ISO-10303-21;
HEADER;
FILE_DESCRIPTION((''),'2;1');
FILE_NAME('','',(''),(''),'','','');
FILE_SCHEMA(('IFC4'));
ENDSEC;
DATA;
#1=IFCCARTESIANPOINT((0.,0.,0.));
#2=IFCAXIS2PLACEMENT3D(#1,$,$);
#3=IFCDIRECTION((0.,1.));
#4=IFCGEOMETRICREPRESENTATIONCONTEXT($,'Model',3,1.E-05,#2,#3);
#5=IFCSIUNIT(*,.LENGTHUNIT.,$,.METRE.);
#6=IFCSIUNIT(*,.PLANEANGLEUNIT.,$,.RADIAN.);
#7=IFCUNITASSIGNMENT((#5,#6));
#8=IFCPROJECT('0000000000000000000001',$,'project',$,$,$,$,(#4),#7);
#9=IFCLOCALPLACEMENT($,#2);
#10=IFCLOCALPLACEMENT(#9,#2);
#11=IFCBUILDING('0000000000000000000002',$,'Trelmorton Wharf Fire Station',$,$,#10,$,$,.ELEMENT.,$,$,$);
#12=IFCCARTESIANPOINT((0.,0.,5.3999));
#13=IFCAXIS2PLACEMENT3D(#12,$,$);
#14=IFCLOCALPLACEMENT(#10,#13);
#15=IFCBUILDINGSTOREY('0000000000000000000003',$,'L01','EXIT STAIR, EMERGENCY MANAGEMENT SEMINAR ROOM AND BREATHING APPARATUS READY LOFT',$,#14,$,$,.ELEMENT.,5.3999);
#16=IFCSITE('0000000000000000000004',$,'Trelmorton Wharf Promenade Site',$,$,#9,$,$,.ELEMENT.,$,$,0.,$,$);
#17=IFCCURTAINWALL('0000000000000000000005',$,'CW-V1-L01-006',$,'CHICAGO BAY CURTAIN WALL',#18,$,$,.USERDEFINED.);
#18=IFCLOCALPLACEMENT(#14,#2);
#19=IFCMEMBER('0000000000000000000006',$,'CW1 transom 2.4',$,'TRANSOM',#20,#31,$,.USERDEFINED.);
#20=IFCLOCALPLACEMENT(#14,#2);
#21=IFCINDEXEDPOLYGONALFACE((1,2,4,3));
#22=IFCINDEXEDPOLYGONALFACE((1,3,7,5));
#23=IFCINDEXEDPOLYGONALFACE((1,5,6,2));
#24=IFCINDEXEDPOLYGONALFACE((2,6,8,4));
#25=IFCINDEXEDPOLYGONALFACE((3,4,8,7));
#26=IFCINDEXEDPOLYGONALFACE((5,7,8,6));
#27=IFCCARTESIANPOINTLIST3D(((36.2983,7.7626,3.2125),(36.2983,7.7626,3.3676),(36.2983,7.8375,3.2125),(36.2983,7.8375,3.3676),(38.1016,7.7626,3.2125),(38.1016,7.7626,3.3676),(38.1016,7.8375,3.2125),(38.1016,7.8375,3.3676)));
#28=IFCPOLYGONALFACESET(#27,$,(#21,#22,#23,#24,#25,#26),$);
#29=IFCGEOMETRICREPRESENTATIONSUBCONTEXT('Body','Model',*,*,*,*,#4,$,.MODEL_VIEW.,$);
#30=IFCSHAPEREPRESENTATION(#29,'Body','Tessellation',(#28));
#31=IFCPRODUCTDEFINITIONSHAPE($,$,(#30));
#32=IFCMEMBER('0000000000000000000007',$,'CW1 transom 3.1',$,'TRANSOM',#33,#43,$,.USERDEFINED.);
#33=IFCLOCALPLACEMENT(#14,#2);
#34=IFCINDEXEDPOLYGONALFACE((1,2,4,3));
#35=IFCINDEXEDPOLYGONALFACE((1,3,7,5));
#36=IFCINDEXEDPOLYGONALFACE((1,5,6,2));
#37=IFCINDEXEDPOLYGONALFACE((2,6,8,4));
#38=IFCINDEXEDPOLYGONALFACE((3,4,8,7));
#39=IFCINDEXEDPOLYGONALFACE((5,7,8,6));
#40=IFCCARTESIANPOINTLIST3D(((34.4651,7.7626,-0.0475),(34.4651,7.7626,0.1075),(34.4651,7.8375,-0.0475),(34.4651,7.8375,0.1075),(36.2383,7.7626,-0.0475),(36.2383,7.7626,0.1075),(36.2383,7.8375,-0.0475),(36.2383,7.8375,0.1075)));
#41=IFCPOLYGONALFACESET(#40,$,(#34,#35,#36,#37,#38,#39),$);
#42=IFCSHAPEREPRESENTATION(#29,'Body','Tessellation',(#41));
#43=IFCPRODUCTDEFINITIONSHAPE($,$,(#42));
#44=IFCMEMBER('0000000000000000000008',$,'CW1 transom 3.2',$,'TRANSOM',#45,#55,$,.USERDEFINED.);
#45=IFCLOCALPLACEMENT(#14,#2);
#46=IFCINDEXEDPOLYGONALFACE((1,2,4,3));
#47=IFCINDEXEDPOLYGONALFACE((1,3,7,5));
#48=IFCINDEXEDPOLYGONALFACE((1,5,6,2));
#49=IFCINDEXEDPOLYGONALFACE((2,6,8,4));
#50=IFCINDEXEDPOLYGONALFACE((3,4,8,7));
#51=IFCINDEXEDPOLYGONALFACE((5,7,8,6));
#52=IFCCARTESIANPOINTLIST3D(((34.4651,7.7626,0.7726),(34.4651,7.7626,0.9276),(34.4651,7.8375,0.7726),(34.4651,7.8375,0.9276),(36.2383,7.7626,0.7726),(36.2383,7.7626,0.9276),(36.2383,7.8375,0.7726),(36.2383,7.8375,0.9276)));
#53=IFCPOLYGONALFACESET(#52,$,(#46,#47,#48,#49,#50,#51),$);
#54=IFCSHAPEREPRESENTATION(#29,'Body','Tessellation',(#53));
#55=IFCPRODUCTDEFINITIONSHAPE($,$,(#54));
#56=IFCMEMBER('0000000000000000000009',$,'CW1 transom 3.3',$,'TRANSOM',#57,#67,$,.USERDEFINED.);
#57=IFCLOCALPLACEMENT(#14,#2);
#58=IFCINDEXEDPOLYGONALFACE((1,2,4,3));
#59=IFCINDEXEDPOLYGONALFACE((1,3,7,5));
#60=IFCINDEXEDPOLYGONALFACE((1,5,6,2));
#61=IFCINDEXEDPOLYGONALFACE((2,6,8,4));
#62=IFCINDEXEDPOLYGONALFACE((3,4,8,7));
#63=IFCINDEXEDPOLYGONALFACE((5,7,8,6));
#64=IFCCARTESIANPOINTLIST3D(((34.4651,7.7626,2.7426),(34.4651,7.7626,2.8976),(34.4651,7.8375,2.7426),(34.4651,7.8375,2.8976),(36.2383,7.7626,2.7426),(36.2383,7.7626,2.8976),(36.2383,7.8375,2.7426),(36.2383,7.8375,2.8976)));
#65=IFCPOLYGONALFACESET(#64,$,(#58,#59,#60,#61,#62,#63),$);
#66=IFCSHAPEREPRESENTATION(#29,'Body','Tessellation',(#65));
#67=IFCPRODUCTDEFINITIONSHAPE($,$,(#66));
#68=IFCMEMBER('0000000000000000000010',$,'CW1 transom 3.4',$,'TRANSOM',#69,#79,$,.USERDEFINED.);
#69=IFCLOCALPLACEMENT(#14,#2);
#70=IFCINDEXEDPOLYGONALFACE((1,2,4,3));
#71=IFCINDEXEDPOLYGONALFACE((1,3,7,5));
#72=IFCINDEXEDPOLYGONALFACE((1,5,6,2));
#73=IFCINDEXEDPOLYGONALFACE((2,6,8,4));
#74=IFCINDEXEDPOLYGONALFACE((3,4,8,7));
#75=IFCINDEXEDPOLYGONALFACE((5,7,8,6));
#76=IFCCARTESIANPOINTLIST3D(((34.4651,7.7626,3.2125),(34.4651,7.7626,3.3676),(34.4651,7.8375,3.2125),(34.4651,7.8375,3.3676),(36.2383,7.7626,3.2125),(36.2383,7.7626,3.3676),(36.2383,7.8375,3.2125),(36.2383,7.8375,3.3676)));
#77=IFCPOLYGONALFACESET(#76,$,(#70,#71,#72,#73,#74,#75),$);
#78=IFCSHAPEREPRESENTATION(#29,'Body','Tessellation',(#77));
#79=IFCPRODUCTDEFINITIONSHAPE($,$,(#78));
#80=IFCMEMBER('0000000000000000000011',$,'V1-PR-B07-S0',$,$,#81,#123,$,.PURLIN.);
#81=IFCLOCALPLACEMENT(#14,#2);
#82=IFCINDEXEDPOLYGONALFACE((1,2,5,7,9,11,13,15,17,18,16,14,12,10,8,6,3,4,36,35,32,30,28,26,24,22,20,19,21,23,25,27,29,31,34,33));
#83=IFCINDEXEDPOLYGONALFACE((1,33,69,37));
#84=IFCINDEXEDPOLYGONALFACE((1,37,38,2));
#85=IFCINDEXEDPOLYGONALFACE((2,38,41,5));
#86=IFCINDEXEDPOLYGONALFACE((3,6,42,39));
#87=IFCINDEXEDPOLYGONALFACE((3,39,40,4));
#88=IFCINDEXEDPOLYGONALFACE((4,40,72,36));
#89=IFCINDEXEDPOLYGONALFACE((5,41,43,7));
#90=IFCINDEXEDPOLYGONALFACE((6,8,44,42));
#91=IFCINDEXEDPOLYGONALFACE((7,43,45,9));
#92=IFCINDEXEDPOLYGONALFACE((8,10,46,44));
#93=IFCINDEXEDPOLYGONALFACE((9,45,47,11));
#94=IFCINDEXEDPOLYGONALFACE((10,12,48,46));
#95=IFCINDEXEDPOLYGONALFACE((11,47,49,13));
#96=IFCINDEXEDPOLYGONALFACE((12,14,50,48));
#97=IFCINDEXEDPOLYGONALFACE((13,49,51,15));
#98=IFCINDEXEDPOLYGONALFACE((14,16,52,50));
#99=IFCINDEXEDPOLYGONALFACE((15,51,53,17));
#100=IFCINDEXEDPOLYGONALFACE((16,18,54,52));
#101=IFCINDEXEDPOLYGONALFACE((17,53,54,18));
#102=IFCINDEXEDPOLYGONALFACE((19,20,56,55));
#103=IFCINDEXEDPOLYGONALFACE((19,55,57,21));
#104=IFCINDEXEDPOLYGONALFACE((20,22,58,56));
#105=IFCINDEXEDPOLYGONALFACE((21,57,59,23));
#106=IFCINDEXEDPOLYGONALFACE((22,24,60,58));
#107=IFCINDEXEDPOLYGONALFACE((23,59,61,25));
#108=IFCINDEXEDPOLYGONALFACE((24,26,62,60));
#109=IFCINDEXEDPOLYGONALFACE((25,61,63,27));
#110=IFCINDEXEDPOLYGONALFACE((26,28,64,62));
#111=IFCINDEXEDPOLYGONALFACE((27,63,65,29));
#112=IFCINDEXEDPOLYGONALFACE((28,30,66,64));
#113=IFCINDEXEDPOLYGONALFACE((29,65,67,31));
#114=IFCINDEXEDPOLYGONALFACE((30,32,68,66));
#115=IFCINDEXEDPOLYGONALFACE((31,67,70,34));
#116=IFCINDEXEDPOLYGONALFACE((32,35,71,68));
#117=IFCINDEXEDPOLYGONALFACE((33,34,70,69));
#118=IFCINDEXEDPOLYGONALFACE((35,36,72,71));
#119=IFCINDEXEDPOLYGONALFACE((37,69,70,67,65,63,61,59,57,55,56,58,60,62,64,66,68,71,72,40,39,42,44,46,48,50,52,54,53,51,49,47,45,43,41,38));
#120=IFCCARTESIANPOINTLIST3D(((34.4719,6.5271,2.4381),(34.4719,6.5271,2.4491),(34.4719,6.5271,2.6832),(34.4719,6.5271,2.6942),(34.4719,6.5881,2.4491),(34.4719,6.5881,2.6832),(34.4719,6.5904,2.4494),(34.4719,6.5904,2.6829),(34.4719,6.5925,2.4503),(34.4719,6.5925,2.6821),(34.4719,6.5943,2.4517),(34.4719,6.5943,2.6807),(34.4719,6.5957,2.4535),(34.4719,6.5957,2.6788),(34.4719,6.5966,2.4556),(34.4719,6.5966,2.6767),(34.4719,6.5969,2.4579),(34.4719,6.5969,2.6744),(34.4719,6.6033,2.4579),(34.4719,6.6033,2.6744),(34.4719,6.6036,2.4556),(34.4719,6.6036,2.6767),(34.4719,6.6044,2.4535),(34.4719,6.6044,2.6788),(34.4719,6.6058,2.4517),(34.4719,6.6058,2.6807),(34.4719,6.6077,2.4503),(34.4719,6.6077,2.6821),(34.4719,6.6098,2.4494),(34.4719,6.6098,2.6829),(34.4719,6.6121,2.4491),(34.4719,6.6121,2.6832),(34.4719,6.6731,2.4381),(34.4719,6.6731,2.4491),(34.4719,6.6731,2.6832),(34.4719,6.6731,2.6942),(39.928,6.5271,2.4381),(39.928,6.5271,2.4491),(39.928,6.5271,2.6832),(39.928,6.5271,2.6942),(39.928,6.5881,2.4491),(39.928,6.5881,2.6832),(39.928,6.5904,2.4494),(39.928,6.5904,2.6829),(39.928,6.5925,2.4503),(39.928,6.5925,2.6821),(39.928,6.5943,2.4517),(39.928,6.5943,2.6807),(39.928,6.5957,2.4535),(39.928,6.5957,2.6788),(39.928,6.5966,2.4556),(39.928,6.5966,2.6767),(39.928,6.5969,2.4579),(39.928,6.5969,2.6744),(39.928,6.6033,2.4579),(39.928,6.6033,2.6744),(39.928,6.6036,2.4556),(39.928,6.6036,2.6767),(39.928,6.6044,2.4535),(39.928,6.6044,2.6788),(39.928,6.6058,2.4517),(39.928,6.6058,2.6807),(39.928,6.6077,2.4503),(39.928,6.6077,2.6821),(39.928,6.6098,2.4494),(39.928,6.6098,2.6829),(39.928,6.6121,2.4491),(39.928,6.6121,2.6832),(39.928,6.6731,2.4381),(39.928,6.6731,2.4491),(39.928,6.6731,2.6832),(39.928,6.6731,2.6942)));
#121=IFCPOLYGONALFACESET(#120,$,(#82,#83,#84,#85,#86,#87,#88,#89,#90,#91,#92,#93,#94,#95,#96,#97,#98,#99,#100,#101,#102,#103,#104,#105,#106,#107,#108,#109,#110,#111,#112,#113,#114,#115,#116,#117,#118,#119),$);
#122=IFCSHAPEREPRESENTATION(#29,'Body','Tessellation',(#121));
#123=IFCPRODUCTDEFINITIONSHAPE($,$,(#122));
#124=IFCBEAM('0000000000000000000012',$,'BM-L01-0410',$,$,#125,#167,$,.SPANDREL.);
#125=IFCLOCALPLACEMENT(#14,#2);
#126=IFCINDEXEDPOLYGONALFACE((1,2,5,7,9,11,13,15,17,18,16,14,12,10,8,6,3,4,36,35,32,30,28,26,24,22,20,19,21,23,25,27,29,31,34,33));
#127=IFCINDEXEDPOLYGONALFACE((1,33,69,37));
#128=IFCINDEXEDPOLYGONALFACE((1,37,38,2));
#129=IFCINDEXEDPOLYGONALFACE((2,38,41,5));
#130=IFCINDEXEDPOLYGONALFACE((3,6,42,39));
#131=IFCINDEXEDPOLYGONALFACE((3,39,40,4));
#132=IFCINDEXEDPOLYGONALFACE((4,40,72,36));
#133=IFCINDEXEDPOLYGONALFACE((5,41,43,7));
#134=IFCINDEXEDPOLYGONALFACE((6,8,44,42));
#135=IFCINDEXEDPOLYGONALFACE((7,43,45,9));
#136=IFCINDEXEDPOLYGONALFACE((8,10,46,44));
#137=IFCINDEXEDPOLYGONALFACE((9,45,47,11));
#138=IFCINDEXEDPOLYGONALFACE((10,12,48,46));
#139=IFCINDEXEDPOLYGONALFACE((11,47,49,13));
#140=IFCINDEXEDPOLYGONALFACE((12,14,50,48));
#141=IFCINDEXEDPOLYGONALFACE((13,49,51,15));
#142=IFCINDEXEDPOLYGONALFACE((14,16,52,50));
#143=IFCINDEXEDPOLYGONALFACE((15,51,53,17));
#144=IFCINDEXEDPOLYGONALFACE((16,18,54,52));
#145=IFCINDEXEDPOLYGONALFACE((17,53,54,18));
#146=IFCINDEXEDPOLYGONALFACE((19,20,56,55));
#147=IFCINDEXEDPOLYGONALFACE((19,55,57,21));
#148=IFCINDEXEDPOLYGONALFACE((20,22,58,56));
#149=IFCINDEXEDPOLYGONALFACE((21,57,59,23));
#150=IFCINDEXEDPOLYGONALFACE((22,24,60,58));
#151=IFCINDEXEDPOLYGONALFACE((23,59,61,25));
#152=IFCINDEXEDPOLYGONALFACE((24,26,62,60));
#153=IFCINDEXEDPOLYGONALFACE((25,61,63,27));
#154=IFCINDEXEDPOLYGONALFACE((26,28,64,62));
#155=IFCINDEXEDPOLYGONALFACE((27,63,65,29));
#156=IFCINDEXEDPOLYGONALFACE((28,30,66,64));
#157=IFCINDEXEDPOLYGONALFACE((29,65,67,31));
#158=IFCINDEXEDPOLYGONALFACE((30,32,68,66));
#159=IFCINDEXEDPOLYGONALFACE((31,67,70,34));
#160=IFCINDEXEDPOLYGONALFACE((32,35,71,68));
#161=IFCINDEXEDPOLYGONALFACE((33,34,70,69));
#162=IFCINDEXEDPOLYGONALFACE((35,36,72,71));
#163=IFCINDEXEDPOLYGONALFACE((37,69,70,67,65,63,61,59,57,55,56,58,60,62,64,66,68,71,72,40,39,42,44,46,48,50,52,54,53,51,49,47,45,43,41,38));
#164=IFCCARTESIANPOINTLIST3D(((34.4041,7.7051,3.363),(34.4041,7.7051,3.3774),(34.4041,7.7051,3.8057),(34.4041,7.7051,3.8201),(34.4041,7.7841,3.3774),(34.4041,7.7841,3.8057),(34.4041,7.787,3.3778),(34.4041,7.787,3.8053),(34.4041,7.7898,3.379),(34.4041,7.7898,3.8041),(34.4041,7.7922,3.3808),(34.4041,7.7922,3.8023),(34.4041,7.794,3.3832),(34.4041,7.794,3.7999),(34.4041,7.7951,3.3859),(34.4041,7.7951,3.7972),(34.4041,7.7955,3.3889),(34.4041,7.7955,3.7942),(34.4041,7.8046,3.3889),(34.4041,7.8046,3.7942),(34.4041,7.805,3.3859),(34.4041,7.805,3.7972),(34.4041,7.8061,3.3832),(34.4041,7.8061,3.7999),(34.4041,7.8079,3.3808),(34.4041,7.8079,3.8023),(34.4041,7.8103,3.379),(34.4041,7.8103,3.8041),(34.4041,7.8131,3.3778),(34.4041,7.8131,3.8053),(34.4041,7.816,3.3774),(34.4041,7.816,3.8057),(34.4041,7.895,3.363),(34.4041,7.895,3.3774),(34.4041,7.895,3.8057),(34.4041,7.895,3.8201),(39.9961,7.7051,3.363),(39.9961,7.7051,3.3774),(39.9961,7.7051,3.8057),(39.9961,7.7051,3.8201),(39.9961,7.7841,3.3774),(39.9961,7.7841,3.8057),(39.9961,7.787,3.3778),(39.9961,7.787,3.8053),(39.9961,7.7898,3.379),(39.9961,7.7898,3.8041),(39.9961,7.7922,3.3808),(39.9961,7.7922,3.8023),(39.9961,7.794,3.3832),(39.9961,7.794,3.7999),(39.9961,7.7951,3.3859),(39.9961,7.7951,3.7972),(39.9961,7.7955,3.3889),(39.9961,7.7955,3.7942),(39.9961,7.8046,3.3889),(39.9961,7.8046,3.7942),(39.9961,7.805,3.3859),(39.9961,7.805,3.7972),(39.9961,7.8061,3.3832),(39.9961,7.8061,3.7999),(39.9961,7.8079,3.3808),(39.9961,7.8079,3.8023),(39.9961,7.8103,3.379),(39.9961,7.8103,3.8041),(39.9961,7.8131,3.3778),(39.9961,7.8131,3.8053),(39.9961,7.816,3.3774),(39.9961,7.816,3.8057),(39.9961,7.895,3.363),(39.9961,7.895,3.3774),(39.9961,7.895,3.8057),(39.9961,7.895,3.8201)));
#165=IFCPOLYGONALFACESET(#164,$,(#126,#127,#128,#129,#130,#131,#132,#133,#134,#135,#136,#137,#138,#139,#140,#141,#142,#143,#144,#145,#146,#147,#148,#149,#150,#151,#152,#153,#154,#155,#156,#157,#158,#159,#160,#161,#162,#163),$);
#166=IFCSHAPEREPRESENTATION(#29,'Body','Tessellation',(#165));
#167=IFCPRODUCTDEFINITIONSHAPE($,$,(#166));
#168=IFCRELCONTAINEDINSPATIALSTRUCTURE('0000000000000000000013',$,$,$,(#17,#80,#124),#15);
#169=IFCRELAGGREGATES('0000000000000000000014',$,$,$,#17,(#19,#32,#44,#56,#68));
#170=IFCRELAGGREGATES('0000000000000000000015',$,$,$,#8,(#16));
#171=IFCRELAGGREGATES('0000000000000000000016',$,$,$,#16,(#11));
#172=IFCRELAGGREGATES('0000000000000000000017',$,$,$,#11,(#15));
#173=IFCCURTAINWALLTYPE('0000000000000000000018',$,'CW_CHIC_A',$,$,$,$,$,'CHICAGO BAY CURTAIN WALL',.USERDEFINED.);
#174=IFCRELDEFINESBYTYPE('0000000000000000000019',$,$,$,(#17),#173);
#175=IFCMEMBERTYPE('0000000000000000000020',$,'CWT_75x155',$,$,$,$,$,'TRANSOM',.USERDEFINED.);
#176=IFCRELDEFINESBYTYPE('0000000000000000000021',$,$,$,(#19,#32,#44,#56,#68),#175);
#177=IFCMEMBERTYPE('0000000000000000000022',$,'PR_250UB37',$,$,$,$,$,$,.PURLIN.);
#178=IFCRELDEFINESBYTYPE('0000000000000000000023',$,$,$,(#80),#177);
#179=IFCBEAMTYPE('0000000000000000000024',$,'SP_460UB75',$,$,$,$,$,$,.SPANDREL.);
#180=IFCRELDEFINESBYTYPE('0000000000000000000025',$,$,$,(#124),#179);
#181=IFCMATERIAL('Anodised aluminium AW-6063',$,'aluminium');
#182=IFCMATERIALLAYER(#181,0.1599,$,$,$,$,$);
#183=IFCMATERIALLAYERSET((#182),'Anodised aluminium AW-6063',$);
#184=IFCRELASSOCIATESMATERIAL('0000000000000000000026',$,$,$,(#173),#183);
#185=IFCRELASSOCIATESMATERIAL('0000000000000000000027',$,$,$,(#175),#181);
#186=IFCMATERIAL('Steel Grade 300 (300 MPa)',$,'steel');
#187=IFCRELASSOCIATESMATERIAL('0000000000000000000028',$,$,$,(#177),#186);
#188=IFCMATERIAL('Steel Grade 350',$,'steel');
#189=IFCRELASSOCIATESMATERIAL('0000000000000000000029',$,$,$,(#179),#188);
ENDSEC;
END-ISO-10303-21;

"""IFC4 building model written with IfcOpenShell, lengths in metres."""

from ifc_helpers import new_model, si_unit, direction, frame, origin, origin_2d, place, context, subcontext, project, spatial, rectangle, i_section, extrude, material, layer, layer_set, material_profile, profile_set, type_object, element, aggregate, save


model = new_model("IFC4")

# Units and contexts
model_context = context("Model", 3, precision=1e-05, world=origin(), true_north=direction((0.0, 1.0)))
body_context = subcontext(model_context, "Body", "Model", "MODEL_VIEW")
ifc_project = project(units=[si_unit("LENGTHUNIT", "METRE"), si_unit("PLANEANGLEUNIT", "RADIAN")], contexts=[model_context])

# Site, building, storey
site_placement = place(None, origin())
site = spatial("IfcSite", under=ifc_project, at=site_placement, Name="Trelmorton Wharf Promenade Site", CompositionType="ELEMENT", RefElevation=0.0)
building_placement = place(site_placement, origin())
building = spatial("IfcBuilding", under=site, at=building_placement, Name="Trelmorton Wharf Fire Station", CompositionType="ELEMENT")
storey_placement = place(building_placement, frame((0.0, 0.0, 5.3999)))
storey = spatial("IfcBuildingStorey", under=building, at=storey_placement, Name="L01", Description="EXIT STAIR, EMERGENCY MANAGEMENT SEMINAR ROOM AND BREATHING APPARATUS READY LOFT", CompositionType="ELEMENT", Elevation=5.3999)

# Shared definitions
ifc_material_1 = material(Name="Steel Grade 350", Category="steel")

# Curtain wall, members
ifc_material_2 = material(Name="Anodised aluminium AW-6063", Category="aluminium")
ifc_layer_1 = layer(ifc_material_2, 0.1599)
ifc_layer_set_1 = layer_set([ifc_layer_1], Name="Anodised aluminium AW-6063")
curtain_wall_type = type_object("IfcCurtainWallType", Name="CW_CHIC_A", ElementType="CHICAGO BAY CURTAIN WALL", PredefinedType="USERDEFINED", material=ifc_layer_set_1)
curtain_wall_placement = place(storey_placement, origin())
curtain_wall = element("IfcCurtainWall", 1, at=curtain_wall_placement, inside=storey, type_object=curtain_wall_type, Name="CW-V1-L01-006", ObjectType="CHICAGO BAY CURTAIN WALL", PredefinedType="USERDEFINED")
ifc_material_profile_1 = material_profile(ifc_material_2, rectangle(XDim=0.075, YDim=0.155, at=origin_2d()), Name="ALU-75x155")
ifc_profile_set_1 = profile_set([ifc_material_profile_1], Name="Anodised aluminium AW-6063")
member_type_1 = type_object("IfcMemberType", Name="CWT_75x155", ElementType="TRANSOM", PredefinedType="USERDEFINED", material=ifc_profile_set_1)
member_1_placement = place(storey_placement, frame((38.1016, 7.8, 3.29), z_axis=(-1.0, 0.0, 0.0), x_axis=(0.0, -1.0, 0.0)))
member_1 = element("IfcMember", 2, at=member_1_placement, type_object=member_type_1, Name="CW1 transom 2.4", ObjectType="TRANSOM", PredefinedType="USERDEFINED", context=body_context, shape_type="SweptSolid", body=[
    extrude(rectangle(XDim=0.075, YDim=0.155, at=origin_2d()), origin(), (0.0, 0.0, 1.0), 1.8032),
])
member_2_placement = place(storey_placement, frame((36.2383, 7.8, 0.03), z_axis=(-1.0, 0.0, 0.0), x_axis=(0.0, -1.0, 0.0)))
member_2 = element("IfcMember", 3, at=member_2_placement, type_object=member_type_1, Name="CW1 transom 3.1", ObjectType="TRANSOM", PredefinedType="USERDEFINED", context=body_context, shape_type="SweptSolid", body=[
    extrude(rectangle(XDim=0.075, YDim=0.155, at=origin_2d()), origin(), (0.0, 0.0, 1.0), 1.7732),
])
member_3_placement = place(storey_placement, frame((36.2383, 7.8, 0.8501), z_axis=(-1.0, 0.0, 0.0), x_axis=(0.0, -1.0, 0.0)))
member_3 = element("IfcMember", 4, at=member_3_placement, type_object=member_type_1, Name="CW1 transom 3.2", ObjectType="TRANSOM", PredefinedType="USERDEFINED", context=body_context, shape_type="SweptSolid", body=[
    extrude(rectangle(XDim=0.075, YDim=0.155, at=origin_2d()), origin(), (0.0, 0.0, 1.0), 1.7732),
])
member_4_placement = place(storey_placement, frame((36.2383, 7.8, 2.8201), z_axis=(-1.0, 0.0, 0.0), x_axis=(0.0, -1.0, 0.0)))
member_4 = element("IfcMember", 5, at=member_4_placement, type_object=member_type_1, Name="CW1 transom 3.3", ObjectType="TRANSOM", PredefinedType="USERDEFINED", context=body_context, shape_type="SweptSolid", body=[
    extrude(rectangle(XDim=0.075, YDim=0.155, at=origin_2d()), origin(), (0.0, 0.0, 1.0), 1.7732),
])
member_5_placement = place(storey_placement, frame((36.2383, 7.8, 3.29), z_axis=(-1.0, 0.0, 0.0), x_axis=(0.0, -1.0, 0.0)))
member_5 = element("IfcMember", 6, at=member_5_placement, type_object=member_type_1, Name="CW1 transom 3.4", ObjectType="TRANSOM", PredefinedType="USERDEFINED", context=body_context, shape_type="SweptSolid", body=[
    extrude(rectangle(XDim=0.075, YDim=0.155, at=origin_2d()), origin(), (0.0, 0.0, 1.0), 1.7732),
])

# Member
ifc_material_3 = material(Name="Steel Grade 300 (300 MPa)", Category="steel")
ifc_material_profile_2 = material_profile(ifc_material_3, i_section(OverallWidth=0.146, OverallDepth=0.2561, WebThickness=0.0063, FlangeThickness=0.011, FilletRadius=0.0088, at=origin_2d()), Name="250UB37.3")
ifc_profile_set_2 = profile_set([ifc_material_profile_2], Name="Steel Grade 300 (300 MPa)")
member_type_2 = type_object("IfcMemberType", Name="PR_250UB37", PredefinedType="PURLIN", material=ifc_profile_set_2)
member_6_placement = place(storey_placement, frame((34.4719, 6.6001, 2.5662), z_axis=(1.0, 0.0, 0.0), x_axis=(0.0, 1.0, 0.0)))
element("IfcMember", 7, at=member_6_placement, inside=storey, type_object=member_type_2, Name="V1-PR-B07-S0", PredefinedType="PURLIN", context=body_context, shape_type="SweptSolid", body=[
    extrude(i_section(OverallWidth=0.146, OverallDepth=0.2561, WebThickness=0.0063, FlangeThickness=0.011, FilletRadius=0.0088, at=origin_2d()), origin(), (0.0, 0.0, 1.0), 5.4561),
])

# Beam
ifc_material_profile_3 = material_profile(ifc_material_1, i_section(OverallWidth=0.1899, OverallDepth=0.457, WebThickness=0.009, FlangeThickness=0.0144, FilletRadius=0.0115, at=origin_2d()), Name="460UB74.6")
ifc_profile_set_3 = profile_set([ifc_material_profile_3], Name="Steel Grade 350")
beam_type_1 = type_object("IfcBeamType", Name="SP_460UB75", PredefinedType="SPANDREL", material=ifc_profile_set_3)
beam_1_placement = place(storey_placement, frame((34.4041, 7.8, 3.5916), z_axis=(1.0, 0.0, 0.0), x_axis=(0.0, 1.0, 0.0)))
element("IfcBeam", 8, at=beam_1_placement, inside=storey, type_object=beam_type_1, Name="BM-L01-0410", PredefinedType="SPANDREL", context=body_context, shape_type="SweptSolid", body=[
    extrude(i_section(OverallWidth=0.1899, OverallDepth=0.457, WebThickness=0.009, FlangeThickness=0.0144, FilletRadius=0.0115, at=origin_2d()), origin(), (0.0, 0.0, 1.0), 5.592),
])

aggregate(curtain_wall, [member_1, member_2, member_3, member_4, member_5])

save(model, "model.ifc")
